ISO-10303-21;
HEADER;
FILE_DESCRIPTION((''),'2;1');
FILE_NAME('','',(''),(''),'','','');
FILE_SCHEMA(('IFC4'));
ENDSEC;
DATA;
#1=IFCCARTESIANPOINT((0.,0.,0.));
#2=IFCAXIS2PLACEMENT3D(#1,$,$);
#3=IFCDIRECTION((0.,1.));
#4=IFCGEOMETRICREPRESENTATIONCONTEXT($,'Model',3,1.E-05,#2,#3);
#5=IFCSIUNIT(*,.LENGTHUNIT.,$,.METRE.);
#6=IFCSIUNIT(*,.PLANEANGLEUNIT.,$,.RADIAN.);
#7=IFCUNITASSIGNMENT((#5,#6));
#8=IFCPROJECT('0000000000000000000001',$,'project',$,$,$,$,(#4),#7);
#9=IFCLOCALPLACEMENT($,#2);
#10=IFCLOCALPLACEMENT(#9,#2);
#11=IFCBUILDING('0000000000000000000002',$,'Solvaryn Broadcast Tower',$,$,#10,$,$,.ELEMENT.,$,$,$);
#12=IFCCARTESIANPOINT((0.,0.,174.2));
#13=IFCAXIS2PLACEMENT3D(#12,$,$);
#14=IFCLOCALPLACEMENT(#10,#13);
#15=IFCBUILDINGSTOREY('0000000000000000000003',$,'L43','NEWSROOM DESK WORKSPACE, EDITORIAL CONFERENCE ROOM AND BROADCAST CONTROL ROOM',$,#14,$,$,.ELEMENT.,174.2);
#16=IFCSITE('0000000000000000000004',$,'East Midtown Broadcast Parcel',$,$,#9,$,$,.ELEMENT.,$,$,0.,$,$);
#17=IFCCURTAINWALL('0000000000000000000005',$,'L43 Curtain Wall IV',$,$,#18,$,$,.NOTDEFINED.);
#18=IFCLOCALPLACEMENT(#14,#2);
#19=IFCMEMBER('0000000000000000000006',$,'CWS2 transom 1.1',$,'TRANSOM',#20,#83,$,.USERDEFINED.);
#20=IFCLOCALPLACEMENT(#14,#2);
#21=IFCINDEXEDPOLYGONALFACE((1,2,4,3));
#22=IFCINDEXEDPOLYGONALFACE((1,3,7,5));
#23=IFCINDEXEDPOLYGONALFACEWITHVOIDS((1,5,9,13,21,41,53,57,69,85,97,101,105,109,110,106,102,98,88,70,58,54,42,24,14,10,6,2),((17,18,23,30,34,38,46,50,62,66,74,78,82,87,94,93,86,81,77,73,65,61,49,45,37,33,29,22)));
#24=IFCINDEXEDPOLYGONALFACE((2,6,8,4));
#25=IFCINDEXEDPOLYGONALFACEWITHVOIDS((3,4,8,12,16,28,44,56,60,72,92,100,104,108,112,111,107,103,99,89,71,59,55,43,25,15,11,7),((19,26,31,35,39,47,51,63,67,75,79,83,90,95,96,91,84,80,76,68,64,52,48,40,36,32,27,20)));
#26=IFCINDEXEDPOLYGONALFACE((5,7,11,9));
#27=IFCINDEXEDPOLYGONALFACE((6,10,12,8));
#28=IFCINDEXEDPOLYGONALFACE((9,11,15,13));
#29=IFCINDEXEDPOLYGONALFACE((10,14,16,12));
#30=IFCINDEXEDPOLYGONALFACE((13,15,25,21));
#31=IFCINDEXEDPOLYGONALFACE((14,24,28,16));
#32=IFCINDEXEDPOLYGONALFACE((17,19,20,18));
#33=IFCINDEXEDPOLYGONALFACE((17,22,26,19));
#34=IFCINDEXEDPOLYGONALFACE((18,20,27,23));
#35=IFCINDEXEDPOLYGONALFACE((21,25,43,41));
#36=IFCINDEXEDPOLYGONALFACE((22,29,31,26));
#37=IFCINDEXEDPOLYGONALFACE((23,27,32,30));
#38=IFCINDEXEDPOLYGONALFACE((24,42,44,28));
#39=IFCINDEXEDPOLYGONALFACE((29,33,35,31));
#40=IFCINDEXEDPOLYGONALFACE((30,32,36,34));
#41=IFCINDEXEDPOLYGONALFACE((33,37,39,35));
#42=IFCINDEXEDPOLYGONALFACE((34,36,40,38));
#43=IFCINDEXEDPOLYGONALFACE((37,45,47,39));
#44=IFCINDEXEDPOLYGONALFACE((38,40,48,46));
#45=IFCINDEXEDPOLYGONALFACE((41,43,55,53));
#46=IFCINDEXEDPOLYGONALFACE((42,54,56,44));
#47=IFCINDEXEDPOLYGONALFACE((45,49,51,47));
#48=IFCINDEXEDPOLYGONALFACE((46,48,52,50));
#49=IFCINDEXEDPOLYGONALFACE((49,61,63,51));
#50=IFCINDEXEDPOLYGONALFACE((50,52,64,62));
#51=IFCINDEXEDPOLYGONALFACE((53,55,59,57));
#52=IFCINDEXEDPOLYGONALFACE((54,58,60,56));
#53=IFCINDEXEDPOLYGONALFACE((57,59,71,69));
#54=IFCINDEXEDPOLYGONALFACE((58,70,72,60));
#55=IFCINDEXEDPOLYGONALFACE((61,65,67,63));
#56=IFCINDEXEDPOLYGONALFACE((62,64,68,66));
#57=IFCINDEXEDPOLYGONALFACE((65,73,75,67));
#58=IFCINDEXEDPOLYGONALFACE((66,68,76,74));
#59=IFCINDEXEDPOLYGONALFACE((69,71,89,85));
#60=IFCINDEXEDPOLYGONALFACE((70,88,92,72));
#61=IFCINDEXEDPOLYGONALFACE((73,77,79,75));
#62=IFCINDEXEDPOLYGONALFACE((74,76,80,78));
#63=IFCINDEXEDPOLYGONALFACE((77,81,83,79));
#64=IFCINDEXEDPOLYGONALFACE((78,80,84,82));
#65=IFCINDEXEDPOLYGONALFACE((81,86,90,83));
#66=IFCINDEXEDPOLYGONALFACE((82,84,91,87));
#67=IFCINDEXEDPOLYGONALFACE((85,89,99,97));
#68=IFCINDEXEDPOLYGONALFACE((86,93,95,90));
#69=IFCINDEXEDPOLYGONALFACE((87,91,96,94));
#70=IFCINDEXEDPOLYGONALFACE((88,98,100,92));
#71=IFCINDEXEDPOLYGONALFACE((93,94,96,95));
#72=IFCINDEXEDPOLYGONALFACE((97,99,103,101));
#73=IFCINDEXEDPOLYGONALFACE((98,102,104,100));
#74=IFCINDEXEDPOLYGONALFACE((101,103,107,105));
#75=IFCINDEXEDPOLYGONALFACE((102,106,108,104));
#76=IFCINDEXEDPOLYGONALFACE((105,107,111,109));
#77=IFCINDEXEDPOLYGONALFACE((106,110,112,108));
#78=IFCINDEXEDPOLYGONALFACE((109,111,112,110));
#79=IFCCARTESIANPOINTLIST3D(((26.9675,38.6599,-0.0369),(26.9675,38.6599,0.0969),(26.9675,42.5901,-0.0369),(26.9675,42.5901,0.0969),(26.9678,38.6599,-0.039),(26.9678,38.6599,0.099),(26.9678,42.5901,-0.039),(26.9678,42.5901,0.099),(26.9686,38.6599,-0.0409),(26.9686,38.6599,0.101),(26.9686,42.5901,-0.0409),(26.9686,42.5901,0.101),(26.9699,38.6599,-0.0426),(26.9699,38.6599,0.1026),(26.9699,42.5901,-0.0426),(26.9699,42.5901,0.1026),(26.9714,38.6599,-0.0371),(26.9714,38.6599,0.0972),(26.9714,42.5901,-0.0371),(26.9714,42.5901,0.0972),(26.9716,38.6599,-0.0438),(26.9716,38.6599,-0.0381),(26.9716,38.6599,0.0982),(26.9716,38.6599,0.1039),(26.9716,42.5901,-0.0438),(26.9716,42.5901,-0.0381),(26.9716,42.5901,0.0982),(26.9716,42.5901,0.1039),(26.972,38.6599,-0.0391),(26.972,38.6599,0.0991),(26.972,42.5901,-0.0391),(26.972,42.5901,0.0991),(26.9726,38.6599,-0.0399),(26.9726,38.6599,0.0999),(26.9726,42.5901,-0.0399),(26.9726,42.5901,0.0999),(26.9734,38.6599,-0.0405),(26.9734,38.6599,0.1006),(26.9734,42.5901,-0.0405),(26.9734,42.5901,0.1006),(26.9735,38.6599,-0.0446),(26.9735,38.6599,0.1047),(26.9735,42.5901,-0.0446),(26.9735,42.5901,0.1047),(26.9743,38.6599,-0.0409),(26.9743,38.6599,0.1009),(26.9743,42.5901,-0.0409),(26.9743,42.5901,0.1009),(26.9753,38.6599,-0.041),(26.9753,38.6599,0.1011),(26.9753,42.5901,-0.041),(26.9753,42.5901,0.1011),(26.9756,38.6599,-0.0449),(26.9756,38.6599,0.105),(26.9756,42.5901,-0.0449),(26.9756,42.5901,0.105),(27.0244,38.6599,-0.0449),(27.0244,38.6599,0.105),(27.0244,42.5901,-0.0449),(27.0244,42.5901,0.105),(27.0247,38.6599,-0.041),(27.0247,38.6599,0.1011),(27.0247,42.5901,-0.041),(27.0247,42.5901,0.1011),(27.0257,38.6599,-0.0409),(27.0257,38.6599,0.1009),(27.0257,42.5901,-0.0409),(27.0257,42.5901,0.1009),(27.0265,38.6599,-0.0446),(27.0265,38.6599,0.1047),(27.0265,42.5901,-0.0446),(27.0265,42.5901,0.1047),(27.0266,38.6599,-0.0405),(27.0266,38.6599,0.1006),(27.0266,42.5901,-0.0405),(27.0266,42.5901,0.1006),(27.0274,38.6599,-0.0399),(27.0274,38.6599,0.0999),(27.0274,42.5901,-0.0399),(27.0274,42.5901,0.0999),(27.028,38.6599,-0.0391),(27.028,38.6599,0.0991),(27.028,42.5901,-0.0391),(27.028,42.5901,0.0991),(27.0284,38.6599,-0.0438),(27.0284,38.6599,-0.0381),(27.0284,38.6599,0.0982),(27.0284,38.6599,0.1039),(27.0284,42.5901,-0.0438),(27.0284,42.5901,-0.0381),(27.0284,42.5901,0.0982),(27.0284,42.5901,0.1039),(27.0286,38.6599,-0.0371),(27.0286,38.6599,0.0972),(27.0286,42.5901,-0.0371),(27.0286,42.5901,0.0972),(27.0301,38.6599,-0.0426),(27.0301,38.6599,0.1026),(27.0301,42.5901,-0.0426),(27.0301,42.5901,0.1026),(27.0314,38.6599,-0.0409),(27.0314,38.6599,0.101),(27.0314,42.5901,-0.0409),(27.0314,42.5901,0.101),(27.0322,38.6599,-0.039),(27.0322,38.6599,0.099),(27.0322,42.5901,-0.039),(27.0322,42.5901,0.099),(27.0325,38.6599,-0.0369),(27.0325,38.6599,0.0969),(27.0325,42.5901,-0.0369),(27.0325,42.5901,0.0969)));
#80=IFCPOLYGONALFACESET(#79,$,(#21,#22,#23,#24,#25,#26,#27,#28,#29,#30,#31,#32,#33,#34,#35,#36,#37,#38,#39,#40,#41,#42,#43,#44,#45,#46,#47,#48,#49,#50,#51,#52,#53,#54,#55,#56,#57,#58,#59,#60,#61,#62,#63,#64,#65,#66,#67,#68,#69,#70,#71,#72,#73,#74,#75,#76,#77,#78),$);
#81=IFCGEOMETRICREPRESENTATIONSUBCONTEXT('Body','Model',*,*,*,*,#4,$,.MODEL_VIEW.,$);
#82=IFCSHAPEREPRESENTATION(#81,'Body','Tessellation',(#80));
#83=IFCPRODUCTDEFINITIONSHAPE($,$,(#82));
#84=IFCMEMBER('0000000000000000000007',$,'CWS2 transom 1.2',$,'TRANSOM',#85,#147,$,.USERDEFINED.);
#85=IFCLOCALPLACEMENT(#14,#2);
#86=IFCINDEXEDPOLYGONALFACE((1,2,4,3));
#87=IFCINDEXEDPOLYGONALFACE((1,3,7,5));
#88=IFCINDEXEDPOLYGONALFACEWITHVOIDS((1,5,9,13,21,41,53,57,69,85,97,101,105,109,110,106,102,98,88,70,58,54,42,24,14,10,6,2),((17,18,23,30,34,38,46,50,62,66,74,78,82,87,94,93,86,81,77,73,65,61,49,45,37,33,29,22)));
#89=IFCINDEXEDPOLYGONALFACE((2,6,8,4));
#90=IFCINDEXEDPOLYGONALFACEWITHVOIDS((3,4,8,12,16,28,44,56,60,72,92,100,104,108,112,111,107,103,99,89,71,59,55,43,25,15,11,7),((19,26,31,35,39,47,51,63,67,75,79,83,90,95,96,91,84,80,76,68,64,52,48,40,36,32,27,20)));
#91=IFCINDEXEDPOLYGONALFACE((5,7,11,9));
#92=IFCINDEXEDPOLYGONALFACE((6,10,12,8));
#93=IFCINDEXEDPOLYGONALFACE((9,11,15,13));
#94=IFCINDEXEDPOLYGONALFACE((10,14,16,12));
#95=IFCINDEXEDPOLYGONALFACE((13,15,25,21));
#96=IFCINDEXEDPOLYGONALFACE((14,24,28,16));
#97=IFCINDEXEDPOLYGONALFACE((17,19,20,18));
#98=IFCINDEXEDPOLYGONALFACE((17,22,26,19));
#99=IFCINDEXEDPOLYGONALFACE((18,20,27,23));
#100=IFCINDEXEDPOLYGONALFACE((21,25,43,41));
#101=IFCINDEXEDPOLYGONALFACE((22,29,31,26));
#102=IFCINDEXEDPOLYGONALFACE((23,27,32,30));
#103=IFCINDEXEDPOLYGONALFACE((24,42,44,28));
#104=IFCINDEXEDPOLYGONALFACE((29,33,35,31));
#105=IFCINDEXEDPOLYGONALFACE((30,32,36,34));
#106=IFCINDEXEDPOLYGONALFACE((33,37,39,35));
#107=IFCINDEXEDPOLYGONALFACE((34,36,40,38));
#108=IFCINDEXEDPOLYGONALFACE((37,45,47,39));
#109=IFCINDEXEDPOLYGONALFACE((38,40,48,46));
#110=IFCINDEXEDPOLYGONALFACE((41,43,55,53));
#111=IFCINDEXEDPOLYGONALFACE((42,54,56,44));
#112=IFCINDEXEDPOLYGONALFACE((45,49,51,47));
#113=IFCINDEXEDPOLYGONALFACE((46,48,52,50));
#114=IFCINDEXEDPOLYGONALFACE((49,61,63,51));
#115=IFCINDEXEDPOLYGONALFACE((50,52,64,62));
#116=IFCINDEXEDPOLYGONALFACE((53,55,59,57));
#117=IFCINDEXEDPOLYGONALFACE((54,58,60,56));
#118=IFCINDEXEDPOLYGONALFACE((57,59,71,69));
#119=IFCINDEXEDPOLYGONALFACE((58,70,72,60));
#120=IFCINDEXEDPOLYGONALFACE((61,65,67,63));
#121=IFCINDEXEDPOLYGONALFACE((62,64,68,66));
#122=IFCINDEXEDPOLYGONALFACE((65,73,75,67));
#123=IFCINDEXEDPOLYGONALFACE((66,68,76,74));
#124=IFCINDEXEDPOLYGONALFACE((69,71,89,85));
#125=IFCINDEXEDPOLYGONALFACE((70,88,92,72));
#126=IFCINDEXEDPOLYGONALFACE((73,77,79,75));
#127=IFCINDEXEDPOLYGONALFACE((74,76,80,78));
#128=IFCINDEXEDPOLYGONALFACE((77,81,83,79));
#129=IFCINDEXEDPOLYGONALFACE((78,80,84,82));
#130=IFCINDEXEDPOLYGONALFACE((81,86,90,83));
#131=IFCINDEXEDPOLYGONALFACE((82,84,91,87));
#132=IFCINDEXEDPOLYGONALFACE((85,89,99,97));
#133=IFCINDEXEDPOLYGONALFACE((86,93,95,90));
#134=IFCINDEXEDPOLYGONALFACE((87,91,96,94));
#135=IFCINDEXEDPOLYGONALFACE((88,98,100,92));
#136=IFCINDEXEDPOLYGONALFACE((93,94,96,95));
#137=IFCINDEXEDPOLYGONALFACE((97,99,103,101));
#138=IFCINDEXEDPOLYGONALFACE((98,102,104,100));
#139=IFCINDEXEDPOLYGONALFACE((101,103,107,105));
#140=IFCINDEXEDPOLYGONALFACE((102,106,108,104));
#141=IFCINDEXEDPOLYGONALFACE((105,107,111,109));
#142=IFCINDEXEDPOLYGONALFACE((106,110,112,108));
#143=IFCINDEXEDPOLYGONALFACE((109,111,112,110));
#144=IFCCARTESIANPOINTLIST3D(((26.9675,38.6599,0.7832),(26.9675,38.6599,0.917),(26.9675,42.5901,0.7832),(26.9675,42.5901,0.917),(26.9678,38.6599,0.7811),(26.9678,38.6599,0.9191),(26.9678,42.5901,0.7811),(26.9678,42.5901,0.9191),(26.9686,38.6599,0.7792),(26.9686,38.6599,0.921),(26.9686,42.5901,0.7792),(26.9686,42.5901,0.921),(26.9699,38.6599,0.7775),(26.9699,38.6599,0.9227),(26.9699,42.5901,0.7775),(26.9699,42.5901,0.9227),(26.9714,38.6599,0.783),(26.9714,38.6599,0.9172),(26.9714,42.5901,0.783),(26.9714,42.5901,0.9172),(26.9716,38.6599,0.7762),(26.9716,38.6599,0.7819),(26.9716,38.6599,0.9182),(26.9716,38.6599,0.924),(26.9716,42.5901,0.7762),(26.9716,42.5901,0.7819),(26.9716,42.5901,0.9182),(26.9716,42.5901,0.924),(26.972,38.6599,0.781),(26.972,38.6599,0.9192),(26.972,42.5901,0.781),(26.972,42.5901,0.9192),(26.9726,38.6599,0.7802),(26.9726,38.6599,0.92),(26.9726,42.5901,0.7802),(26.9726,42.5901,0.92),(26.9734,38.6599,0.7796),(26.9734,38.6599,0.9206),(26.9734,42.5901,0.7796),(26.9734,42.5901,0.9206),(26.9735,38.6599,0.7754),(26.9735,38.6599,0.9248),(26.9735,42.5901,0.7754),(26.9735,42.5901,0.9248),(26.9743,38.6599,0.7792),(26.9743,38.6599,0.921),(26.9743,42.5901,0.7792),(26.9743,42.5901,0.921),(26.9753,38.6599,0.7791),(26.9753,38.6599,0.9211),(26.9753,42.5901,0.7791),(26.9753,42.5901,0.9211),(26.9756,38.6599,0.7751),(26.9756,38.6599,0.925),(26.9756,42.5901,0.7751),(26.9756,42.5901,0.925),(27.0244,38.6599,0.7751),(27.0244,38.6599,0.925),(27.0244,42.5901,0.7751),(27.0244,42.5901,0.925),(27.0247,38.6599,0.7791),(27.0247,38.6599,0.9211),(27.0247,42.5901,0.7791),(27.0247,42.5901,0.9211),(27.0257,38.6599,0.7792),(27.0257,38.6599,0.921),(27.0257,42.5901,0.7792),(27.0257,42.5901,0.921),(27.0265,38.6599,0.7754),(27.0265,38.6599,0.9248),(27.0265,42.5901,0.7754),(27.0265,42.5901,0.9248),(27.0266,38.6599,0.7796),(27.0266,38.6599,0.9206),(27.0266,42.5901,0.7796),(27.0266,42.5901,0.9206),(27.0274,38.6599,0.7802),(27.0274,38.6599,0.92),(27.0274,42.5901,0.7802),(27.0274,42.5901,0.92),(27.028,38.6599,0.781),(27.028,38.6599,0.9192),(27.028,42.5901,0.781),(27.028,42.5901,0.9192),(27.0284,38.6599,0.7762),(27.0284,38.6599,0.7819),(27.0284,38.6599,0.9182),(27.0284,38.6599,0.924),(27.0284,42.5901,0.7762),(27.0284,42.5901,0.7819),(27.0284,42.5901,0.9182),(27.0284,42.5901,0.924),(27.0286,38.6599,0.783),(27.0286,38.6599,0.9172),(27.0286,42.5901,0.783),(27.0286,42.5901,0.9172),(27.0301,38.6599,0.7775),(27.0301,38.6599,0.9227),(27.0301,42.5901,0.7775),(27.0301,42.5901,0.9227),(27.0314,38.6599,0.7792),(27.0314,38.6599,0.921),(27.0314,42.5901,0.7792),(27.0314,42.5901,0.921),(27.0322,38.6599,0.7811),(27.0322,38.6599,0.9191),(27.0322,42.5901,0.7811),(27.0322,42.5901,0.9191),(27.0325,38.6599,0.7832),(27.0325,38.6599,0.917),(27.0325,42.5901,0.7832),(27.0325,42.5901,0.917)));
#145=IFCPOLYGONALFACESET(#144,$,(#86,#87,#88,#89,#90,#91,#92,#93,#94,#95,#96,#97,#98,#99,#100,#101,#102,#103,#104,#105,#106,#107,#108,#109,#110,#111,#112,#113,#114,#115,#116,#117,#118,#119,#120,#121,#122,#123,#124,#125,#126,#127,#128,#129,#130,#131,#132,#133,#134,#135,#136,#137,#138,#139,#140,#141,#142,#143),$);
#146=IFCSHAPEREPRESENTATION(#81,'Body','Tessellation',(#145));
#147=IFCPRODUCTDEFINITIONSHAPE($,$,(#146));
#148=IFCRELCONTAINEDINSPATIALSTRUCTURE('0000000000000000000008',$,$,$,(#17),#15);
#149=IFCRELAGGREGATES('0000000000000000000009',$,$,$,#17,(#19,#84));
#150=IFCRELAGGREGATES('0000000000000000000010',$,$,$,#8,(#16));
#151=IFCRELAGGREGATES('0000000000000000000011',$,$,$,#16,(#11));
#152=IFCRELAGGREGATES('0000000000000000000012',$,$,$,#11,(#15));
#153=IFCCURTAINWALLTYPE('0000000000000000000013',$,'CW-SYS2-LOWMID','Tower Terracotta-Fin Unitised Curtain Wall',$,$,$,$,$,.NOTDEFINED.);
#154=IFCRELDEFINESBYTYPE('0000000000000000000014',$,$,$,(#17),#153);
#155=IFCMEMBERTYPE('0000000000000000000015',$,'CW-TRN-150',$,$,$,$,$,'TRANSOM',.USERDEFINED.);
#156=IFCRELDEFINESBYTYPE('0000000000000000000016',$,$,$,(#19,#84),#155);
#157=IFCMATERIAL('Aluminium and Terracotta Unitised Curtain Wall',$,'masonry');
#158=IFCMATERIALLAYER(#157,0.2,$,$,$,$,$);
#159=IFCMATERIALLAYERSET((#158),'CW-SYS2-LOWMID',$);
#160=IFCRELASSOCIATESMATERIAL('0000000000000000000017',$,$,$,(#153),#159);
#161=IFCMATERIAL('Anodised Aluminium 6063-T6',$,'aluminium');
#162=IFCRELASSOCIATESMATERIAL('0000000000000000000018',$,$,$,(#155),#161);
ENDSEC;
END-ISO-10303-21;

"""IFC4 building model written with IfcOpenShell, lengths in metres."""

from ifc_helpers import new_model, si_unit, direction, frame, origin, origin_2d, place, context, subcontext, project, spatial, hollow_rectangle, extrude, material, layer, layer_set, material_profile, profile_set, type_object, element, aggregate, save


model = new_model("IFC4")

# Units and contexts
model_context = context("Model", 3, precision=1e-05, world=origin(), true_north=direction((0.0, 1.0)))
body_context = subcontext(model_context, "Body", "Model", "MODEL_VIEW")
ifc_project = project(units=[si_unit("LENGTHUNIT", "METRE"), si_unit("PLANEANGLEUNIT", "RADIAN")], contexts=[model_context])

# Site, building, storey
site_placement = place(None, origin())
site = spatial("IfcSite", under=ifc_project, at=site_placement, Name="East Midtown Broadcast Parcel", CompositionType="ELEMENT", RefElevation=0.0)
building_placement = place(site_placement, origin())
building = spatial("IfcBuilding", under=site, at=building_placement, Name="Solvaryn Broadcast Tower", CompositionType="ELEMENT")
storey_placement = place(building_placement, frame((0.0, 0.0, 174.2)))
storey = spatial("IfcBuildingStorey", under=building, at=storey_placement, Name="L43", Description="NEWSROOM DESK WORKSPACE, EDITORIAL CONFERENCE ROOM AND BROADCAST CONTROL ROOM", CompositionType="ELEMENT", Elevation=174.2)

# Curtain wall
ifc_material_1 = material(Name="Aluminium and Terracotta Unitised Curtain Wall", Category="masonry")
ifc_layer_1 = layer(ifc_material_1, 0.2)
ifc_layer_set_1 = layer_set([ifc_layer_1], Name="CW-SYS2-LOWMID")
curtain_wall_type = type_object("IfcCurtainWallType", Name="CW-SYS2-LOWMID", Description="Tower Terracotta-Fin Unitised Curtain Wall", PredefinedType="NOTDEFINED", material=ifc_layer_set_1)
curtain_wall_1_placement = place(storey_placement, origin())
curtain_wall_1 = element("IfcCurtainWall", 1, at=curtain_wall_1_placement, inside=storey, type_object=curtain_wall_type, Name="L43 Curtain Wall IV", PredefinedType="NOTDEFINED")

# Members
ifc_material_2 = material(Name="Anodised Aluminium 6063-T6", Category="aluminium")
ifc_material_profile_1 = material_profile(ifc_material_2, hollow_rectangle(XDim=0.0649, YDim=0.1499, WallThickness=0.0039, InnerFilletRadius=0.0039, OuterFilletRadius=0.0081, at=origin_2d()))
ifc_profile_set_1 = profile_set([ifc_material_profile_1], Name="Anodised Aluminium 6063-T6")
member_type_1 = type_object("IfcMemberType", Name="CW-TRN-150", ElementType="TRANSOM", PredefinedType="USERDEFINED", material=ifc_profile_set_1)
member_1_placement = place(storey_placement, frame((27.0, 42.5901, 0.03), z_axis=(0.0, -1.0, 0.0), x_axis=(1.0, 0.0, 0.0)))
member_1 = element("IfcMember", 2, at=member_1_placement, type_object=member_type_1, Name="CWS2 transom 1.1", ObjectType="TRANSOM", PredefinedType="USERDEFINED", context=body_context, shape_type="SweptSolid", body=[
    extrude(hollow_rectangle(XDim=0.0649, YDim=0.1499, WallThickness=0.0039, InnerFilletRadius=0.0039, OuterFilletRadius=0.0081, at=origin_2d()), origin(), (0.0, 0.0, 1.0), 3.9302),
])
member_2_placement = place(storey_placement, frame((27.0, 42.5901, 0.8501), z_axis=(0.0, -1.0, 0.0), x_axis=(1.0, 0.0, 0.0)))
member_2 = element("IfcMember", 3, at=member_2_placement, type_object=member_type_1, Name="CWS2 transom 1.2", ObjectType="TRANSOM", PredefinedType="USERDEFINED", context=body_context, shape_type="SweptSolid", body=[
    extrude(hollow_rectangle(XDim=0.0649, YDim=0.1499, WallThickness=0.0039, InnerFilletRadius=0.0039, OuterFilletRadius=0.0081, at=origin_2d()), origin(), (0.0, 0.0, 1.0), 3.9302),
])

aggregate(curtain_wall_1, [member_1, member_2])

save(model, "model.ifc")
